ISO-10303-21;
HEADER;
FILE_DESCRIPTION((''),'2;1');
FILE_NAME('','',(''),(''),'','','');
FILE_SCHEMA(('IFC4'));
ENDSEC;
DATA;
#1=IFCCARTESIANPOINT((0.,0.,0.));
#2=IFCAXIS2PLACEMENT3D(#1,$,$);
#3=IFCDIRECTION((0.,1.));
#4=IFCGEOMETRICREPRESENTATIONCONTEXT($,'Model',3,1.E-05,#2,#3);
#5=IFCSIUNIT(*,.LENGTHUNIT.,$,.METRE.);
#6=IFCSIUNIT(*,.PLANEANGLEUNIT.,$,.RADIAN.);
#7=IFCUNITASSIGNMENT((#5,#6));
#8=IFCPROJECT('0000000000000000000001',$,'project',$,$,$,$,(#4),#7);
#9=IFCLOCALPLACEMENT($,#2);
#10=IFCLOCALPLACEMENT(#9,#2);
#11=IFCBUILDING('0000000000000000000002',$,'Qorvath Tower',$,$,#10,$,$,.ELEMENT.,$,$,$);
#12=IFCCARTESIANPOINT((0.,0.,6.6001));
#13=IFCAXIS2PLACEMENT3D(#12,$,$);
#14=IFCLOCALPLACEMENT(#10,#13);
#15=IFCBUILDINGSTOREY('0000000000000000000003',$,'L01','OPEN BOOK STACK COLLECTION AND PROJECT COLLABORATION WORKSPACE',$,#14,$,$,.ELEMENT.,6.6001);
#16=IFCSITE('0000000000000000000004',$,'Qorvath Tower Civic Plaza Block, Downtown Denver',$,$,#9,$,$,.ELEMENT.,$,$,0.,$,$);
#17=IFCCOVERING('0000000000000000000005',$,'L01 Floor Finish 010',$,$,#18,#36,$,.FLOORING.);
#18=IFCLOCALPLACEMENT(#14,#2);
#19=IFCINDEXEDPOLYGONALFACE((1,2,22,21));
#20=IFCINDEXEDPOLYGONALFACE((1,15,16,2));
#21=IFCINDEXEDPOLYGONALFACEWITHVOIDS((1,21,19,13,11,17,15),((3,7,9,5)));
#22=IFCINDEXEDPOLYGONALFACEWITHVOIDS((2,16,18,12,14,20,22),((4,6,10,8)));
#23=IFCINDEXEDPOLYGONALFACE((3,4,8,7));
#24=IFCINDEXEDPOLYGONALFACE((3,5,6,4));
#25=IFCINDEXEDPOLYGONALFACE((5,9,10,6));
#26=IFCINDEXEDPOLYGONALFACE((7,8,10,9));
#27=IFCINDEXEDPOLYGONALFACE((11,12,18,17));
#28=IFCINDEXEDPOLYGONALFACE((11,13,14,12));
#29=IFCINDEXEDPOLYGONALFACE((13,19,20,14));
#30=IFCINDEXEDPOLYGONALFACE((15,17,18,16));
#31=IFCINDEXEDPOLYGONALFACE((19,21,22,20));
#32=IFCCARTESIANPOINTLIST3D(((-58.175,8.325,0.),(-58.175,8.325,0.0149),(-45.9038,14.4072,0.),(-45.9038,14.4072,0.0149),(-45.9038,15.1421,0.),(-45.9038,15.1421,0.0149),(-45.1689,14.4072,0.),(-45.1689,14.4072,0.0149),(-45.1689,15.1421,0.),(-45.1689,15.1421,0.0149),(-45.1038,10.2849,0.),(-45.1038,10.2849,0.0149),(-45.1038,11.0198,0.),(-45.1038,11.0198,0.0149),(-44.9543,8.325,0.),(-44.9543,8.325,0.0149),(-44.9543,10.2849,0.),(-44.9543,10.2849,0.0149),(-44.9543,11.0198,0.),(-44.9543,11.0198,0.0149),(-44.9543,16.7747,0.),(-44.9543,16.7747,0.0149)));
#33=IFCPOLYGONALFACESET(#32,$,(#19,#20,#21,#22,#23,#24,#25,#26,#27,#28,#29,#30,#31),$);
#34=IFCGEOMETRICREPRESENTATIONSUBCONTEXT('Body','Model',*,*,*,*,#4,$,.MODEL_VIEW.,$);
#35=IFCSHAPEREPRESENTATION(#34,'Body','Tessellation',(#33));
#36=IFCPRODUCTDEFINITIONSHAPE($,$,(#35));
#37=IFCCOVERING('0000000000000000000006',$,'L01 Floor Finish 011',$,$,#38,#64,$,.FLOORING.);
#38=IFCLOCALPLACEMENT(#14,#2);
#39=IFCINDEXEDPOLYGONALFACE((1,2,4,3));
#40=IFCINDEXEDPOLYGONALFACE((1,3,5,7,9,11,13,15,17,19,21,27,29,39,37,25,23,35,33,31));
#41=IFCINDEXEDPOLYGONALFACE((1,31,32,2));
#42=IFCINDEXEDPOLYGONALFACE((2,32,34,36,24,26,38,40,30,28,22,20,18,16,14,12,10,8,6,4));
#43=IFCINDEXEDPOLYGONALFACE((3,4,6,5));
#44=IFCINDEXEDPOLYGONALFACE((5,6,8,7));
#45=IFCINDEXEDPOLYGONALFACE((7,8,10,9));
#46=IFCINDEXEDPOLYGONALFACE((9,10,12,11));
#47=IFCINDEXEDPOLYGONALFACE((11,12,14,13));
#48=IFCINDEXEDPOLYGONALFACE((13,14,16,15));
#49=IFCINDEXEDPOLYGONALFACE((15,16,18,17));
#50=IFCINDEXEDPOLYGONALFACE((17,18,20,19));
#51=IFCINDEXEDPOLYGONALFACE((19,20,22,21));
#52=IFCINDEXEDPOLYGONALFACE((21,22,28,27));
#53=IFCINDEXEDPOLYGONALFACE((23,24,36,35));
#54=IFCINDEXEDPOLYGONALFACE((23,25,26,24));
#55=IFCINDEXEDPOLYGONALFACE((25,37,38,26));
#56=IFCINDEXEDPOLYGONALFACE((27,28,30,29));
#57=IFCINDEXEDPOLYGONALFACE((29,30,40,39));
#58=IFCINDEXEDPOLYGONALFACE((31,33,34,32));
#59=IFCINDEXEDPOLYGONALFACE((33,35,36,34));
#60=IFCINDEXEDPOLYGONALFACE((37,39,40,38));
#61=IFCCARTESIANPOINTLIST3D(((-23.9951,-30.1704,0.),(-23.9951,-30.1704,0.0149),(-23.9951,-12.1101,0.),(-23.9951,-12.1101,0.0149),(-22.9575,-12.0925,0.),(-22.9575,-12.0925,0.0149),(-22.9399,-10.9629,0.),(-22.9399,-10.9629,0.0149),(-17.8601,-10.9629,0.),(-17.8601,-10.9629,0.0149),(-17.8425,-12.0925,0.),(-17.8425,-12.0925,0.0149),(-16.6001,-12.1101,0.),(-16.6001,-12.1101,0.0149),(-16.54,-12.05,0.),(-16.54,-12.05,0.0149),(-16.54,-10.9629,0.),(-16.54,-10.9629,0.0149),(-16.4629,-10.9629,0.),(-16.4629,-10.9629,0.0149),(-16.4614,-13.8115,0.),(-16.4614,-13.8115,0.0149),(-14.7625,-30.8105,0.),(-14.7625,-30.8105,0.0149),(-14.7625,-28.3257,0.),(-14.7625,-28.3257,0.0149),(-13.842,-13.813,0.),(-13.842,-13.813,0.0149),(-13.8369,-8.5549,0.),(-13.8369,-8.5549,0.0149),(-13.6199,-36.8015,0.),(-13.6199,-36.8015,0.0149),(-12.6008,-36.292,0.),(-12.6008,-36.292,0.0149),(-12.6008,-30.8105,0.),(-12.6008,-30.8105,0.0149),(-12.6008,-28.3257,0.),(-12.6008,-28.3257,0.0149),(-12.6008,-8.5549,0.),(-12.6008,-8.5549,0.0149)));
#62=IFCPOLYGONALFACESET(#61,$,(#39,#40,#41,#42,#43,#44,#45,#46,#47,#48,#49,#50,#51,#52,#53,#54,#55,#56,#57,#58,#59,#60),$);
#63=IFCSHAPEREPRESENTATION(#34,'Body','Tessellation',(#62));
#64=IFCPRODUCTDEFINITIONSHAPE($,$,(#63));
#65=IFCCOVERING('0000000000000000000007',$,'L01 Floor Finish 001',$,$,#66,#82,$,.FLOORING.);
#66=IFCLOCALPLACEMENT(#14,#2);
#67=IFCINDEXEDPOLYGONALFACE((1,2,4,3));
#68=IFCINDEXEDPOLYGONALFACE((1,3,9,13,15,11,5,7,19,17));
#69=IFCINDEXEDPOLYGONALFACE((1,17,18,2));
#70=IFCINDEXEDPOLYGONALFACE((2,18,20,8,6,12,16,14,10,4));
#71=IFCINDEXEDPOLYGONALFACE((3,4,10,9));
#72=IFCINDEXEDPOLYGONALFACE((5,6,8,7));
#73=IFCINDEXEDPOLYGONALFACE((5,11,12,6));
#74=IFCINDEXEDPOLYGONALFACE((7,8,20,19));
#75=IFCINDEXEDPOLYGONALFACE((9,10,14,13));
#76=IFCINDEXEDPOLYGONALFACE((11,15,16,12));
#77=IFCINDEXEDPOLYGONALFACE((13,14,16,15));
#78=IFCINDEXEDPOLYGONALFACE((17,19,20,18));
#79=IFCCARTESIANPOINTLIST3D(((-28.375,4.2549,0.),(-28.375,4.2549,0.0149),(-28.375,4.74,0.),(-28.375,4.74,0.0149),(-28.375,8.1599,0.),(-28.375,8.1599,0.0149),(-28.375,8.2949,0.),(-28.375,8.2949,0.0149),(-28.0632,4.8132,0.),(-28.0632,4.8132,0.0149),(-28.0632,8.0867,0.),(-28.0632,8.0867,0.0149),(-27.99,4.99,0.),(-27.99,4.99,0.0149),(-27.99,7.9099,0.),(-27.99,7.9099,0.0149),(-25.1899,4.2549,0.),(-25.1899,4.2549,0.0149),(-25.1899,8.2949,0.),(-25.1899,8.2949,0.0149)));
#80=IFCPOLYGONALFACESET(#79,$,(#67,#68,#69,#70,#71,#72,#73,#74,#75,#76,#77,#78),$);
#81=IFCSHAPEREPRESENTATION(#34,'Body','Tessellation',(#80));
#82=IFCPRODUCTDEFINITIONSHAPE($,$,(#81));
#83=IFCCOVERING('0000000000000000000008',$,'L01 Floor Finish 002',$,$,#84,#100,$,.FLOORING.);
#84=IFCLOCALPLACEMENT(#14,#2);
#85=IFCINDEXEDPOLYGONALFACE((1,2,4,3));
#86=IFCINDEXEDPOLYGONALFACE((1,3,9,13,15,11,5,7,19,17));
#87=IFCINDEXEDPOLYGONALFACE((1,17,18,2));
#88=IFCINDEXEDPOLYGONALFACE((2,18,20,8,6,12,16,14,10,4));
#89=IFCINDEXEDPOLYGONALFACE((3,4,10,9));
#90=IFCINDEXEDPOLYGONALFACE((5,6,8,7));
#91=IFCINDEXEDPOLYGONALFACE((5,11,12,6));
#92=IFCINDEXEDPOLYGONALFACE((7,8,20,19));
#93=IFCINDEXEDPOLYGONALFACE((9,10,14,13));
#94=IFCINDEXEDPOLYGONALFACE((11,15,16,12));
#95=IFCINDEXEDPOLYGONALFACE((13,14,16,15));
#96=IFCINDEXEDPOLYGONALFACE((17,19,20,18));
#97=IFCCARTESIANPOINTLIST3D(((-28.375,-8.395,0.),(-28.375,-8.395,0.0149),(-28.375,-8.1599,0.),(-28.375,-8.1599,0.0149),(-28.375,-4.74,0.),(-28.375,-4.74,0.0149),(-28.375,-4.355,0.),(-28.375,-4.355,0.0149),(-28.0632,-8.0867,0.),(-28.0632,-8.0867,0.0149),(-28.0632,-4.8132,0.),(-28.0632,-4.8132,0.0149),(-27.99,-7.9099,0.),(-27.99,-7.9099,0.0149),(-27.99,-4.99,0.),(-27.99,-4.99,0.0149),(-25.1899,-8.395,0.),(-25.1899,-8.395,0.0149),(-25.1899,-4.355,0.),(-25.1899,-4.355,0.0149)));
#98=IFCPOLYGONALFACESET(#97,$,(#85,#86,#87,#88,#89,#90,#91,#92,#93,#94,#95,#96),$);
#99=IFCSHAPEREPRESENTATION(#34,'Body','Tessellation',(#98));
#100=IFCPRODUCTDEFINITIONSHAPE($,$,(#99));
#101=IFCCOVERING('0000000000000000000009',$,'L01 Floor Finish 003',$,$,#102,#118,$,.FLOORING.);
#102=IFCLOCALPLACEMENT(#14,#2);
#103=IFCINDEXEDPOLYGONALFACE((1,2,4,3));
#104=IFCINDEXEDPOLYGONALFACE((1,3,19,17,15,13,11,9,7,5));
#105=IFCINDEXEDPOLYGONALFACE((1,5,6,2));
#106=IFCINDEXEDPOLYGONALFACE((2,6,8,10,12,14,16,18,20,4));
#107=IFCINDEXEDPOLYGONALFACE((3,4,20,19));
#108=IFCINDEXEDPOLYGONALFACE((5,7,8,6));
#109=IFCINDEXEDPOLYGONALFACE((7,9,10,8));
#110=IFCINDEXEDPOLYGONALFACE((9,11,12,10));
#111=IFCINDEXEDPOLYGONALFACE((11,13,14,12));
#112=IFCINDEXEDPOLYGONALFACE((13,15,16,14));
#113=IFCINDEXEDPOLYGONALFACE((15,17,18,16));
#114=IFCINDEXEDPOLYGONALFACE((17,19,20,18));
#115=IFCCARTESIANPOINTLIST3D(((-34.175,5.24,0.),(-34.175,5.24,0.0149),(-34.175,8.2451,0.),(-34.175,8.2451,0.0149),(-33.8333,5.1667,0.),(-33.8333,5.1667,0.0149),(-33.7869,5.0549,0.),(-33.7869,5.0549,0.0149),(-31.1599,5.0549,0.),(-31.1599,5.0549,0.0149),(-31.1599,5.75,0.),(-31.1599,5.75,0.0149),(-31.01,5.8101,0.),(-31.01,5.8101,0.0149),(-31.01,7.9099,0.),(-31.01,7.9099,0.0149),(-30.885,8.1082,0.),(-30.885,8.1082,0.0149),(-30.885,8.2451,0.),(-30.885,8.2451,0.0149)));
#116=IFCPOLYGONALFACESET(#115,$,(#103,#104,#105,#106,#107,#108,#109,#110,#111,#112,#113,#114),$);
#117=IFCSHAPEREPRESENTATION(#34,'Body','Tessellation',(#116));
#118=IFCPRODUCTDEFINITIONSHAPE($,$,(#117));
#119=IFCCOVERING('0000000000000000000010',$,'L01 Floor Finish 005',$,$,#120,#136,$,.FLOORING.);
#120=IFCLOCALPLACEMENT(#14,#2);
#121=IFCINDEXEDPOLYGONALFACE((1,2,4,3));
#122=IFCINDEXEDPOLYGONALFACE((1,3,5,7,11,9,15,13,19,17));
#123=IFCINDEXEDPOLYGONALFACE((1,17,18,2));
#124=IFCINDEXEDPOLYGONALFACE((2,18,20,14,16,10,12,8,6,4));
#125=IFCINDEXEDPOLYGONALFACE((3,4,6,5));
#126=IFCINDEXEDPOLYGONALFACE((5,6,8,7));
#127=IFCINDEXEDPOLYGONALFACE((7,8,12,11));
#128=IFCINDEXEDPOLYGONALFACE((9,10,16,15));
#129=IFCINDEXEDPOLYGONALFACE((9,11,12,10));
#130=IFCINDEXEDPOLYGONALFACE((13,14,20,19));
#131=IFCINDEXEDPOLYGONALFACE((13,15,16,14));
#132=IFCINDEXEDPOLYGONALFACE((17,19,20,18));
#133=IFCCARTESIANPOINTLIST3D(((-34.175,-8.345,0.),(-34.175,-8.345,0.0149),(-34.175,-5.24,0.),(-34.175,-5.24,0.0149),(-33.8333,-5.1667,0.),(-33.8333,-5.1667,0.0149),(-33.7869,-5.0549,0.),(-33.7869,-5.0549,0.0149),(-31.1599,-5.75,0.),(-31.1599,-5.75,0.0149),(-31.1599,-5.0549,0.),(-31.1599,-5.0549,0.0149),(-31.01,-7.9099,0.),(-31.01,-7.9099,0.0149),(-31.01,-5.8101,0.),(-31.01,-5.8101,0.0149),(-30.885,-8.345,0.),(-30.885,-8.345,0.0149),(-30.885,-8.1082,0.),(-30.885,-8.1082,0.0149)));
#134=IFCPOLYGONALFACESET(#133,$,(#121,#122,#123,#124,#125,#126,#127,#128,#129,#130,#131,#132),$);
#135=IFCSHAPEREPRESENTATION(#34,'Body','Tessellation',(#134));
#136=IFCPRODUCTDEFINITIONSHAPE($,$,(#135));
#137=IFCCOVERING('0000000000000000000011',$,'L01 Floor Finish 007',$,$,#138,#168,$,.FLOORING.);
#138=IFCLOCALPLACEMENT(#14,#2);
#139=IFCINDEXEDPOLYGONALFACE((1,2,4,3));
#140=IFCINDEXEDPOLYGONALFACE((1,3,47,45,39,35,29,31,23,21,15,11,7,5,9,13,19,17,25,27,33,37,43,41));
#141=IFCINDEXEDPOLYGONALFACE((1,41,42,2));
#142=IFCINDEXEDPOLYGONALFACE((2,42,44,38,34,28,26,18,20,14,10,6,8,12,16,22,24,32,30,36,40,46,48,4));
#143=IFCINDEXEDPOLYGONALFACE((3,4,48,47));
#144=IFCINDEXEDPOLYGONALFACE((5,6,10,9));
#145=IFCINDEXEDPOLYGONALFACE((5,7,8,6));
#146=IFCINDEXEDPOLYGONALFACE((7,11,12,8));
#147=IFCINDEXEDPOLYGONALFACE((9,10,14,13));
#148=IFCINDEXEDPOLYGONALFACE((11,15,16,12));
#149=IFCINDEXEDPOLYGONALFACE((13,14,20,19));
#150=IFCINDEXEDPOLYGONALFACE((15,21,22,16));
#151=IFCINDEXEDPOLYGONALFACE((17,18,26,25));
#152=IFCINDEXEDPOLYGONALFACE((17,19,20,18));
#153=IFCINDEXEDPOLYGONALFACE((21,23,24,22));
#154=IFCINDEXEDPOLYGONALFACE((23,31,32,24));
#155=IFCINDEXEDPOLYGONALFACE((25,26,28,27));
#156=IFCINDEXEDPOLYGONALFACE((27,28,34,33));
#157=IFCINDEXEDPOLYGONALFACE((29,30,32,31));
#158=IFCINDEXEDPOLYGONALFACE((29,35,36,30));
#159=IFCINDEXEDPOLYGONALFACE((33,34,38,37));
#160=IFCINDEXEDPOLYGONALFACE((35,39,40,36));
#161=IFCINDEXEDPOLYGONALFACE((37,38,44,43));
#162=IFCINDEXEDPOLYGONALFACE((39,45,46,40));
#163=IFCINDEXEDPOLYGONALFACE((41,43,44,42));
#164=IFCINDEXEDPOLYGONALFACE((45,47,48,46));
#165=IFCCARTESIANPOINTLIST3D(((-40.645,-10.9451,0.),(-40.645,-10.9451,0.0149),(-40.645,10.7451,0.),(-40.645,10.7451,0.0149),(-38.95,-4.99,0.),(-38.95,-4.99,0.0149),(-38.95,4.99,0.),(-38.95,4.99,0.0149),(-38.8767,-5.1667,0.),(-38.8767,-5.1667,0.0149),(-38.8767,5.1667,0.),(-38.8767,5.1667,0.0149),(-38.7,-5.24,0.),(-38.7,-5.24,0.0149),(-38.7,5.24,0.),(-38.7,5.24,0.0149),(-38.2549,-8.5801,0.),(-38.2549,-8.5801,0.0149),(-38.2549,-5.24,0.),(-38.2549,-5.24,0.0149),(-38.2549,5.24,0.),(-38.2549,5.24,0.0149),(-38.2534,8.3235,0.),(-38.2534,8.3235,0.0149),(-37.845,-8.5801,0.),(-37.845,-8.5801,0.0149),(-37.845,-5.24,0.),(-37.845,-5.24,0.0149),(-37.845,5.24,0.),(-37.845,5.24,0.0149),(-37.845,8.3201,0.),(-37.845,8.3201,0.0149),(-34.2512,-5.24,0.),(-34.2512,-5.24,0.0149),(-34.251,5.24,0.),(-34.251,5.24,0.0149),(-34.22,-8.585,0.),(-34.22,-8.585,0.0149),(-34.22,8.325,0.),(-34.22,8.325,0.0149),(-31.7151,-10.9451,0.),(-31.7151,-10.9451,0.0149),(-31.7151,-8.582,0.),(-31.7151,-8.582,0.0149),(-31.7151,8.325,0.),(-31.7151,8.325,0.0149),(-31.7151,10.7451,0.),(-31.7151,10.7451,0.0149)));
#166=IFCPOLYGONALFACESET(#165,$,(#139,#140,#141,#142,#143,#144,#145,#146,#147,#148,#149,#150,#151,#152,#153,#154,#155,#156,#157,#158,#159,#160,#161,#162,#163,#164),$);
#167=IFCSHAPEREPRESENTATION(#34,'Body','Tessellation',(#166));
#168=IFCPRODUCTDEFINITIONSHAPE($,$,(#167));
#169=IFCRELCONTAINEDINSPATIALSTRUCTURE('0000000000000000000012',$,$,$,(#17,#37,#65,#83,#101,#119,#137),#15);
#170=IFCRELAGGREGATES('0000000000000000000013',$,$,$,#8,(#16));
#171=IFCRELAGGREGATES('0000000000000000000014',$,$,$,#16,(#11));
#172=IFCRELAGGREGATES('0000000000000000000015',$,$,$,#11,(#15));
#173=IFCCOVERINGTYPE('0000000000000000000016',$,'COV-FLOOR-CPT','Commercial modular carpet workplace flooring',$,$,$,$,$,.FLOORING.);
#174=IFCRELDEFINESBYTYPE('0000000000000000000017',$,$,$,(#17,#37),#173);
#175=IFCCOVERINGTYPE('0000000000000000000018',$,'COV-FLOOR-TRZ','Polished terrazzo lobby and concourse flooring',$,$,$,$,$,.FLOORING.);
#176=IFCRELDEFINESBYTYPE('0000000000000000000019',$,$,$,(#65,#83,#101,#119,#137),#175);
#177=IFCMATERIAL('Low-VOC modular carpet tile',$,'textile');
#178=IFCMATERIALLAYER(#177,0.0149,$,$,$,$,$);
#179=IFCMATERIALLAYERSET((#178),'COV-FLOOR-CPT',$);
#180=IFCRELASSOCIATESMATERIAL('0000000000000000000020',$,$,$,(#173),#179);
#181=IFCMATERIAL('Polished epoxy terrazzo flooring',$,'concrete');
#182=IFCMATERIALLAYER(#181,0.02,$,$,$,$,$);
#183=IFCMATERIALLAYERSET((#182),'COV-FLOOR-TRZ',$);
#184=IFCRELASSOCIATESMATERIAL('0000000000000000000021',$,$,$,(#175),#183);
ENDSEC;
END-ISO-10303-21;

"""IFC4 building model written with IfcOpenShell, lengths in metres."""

from ifc_helpers import new_model, si_unit, direction, frame, origin, place, context, subcontext, project, spatial, polyline, outline, extrude, material, layer, layer_set, type_object, element, save


model = new_model("IFC4")

# Units and contexts
model_context = context("Model", 3, precision=1e-05, world=origin(), true_north=direction((0.0, 1.0)))
body_context = subcontext(model_context, "Body", "Model", "MODEL_VIEW")
ifc_project = project(units=[si_unit("LENGTHUNIT", "METRE"), si_unit("PLANEANGLEUNIT", "RADIAN")], contexts=[model_context])

# Site, building, storey
site_placement = place(None, origin())
site = spatial("IfcSite", under=ifc_project, at=site_placement, Name="Qorvath Tower Civic Plaza Block, Downtown Denver", CompositionType="ELEMENT", RefElevation=0.0)
building_placement = place(site_placement, origin())
building = spatial("IfcBuilding", under=site, at=building_placement, Name="Qorvath Tower", CompositionType="ELEMENT")
storey_placement = place(building_placement, frame((0.0, 0.0, 6.6001)))
storey = spatial("IfcBuildingStorey", under=building, at=storey_placement, Name="L01", Description="OPEN BOOK STACK COLLECTION AND PROJECT COLLABORATION WORKSPACE", CompositionType="ELEMENT", Elevation=6.6001)

# Coverings
ifc_material_1 = material(Name="Low-VOC modular carpet tile", Category="textile")
ifc_layer_1 = layer(ifc_material_1, 0.0149)
ifc_layer_set_1 = layer_set([ifc_layer_1], Name="COV-FLOOR-CPT")
covering_type_1 = type_object("IfcCoveringType", Name="COV-FLOOR-CPT", Description="Commercial modular carpet workplace flooring", PredefinedType="FLOORING", material=ifc_layer_set_1)
covering_1_placement = place(storey_placement, origin())
element("IfcCovering", 1, at=covering_1_placement, inside=storey, type_object=covering_type_1, Name="L01 Floor Finish 010", PredefinedType="FLOORING", context=body_context, shape_type="SweptSolid", body=[
    extrude(outline(polyline([(-44.9543, 8.325), (-44.9543, 10.2849), (-45.1038, 10.2849), (-45.1038, 11.0198), (-44.9543, 11.0198), (-44.9543, 16.7747), (-58.175, 8.325), (-44.9543, 8.325)]), holes=[polyline([(-45.9038, 15.1421), (-45.1689, 15.1421), (-45.1689, 14.4072), (-45.9038, 14.4072), (-45.9038, 15.1421)])]), origin(), (0.0, 0.0, 1.0), 0.0149),
])
covering_2_placement = place(storey_placement, origin())
element("IfcCovering", 2, at=covering_2_placement, inside=storey, type_object=covering_type_1, Name="L01 Floor Finish 011", PredefinedType="FLOORING", context=body_context, shape_type="SweptSolid", body=[
    extrude(outline(polyline([(-12.6008, -36.292), (-12.6008, -30.8105), (-14.7625, -30.8105), (-14.7625, -28.3257), (-12.6008, -28.3257), (-12.6008, -8.5549), (-13.8369, -8.5549), (-13.842, -13.813), (-16.4614, -13.8115), (-16.4629, -10.9629), (-16.54, -10.9629), (-16.54, -12.05), (-16.6001, -12.1101), (-17.8425, -12.0925), (-17.8601, -10.9629), (-22.9399, -10.9629), (-22.9575, -12.0925), (-23.9951, -12.1101), (-23.9951, -30.1704), (-13.6199, -36.8015), (-12.6008, -36.292)])), origin(), (0.0, 0.0, 1.0), 0.0149),
])
ifc_material_2 = material(Name="Polished epoxy terrazzo flooring", Category="concrete")
ifc_layer_2 = layer(ifc_material_2, 0.02)
ifc_layer_set_2 = layer_set([ifc_layer_2], Name="COV-FLOOR-TRZ")
covering_type_2 = type_object("IfcCoveringType", Name="COV-FLOOR-TRZ", Description="Polished terrazzo lobby and concourse flooring", PredefinedType="FLOORING", material=ifc_layer_set_2)
covering_3_placement = place(storey_placement, origin())
element("IfcCovering", 3, at=covering_3_placement, inside=storey, type_object=covering_type_2, Name="L01 Floor Finish 001", PredefinedType="FLOORING", context=body_context, shape_type="SweptSolid", body=[
    extrude(outline(polyline([(-25.1899, 4.2549), (-25.1899, 8.2949), (-28.375, 8.2949), (-28.375, 8.1599), (-28.0632, 8.0867), (-27.99, 7.9099), (-27.99, 4.99), (-28.0632, 4.8132), (-28.375, 4.74), (-28.375, 4.2549), (-25.1899, 4.2549)])), origin(), (0.0, 0.0, 1.0), 0.0149),
])
covering_4_placement = place(storey_placement, origin())
element("IfcCovering", 4, at=covering_4_placement, inside=storey, type_object=covering_type_2, Name="L01 Floor Finish 002", PredefinedType="FLOORING", context=body_context, shape_type="SweptSolid", body=[
    extrude(outline(polyline([(-25.1899, -8.395), (-25.1899, -4.355), (-28.375, -4.355), (-28.375, -4.74), (-28.0632, -4.8132), (-27.99, -4.99), (-27.99, -7.9099), (-28.0632, -8.0867), (-28.375, -8.1599), (-28.375, -8.395), (-25.1899, -8.395)])), origin(), (0.0, 0.0, 1.0), 0.0149),
])
covering_5_placement = place(storey_placement, origin())
element("IfcCovering", 5, at=covering_5_placement, inside=storey, type_object=covering_type_2, Name="L01 Floor Finish 003", PredefinedType="FLOORING", context=body_context, shape_type="SweptSolid", body=[
    extrude(outline(polyline([(-31.01, 7.9099), (-30.885, 8.1082), (-30.885, 8.2451), (-34.175, 8.2451), (-34.175, 5.24), (-33.8333, 5.1667), (-33.7869, 5.0549), (-31.1599, 5.0549), (-31.1599, 5.75), (-31.01, 5.8101), (-31.01, 7.9099)])), origin(), (0.0, 0.0, 1.0), 0.0149),
])
covering_6_placement = place(storey_placement, origin())
element("IfcCovering", 6, at=covering_6_placement, inside=storey, type_object=covering_type_2, Name="L01 Floor Finish 005", PredefinedType="FLOORING", context=body_context, shape_type="SweptSolid", body=[
    extrude(outline(polyline([(-31.1599, -5.0549), (-33.7869, -5.0549), (-33.8333, -5.1667), (-34.175, -5.24), (-34.175, -8.345), (-30.885, -8.345), (-30.885, -8.1082), (-31.01, -7.9099), (-31.01, -5.8101), (-31.1599, -5.75), (-31.1599, -5.0549)])), origin(), (0.0, 0.0, 1.0), 0.0149),
])
covering_7_placement = place(storey_placement, origin())
element("IfcCovering", 7, at=covering_7_placement, inside=storey, type_object=covering_type_2, Name="L01 Floor Finish 007", PredefinedType="FLOORING", context=body_context, shape_type="SweptSolid", body=[
    extrude(outline(polyline([(-31.7151, -10.9451), (-31.7151, -8.582), (-34.22, -8.585), (-34.2512, -5.24), (-37.845, -5.24), (-37.845, -8.5801), (-38.2549, -8.5801), (-38.2549, -5.24), (-38.7, -5.24), (-38.8767, -5.1667), (-38.95, -4.99), (-38.95, 4.99), (-38.8767, 5.1667), (-38.7, 5.24), (-38.2549, 5.24), (-38.2534, 8.3235), (-37.845, 8.3201), (-37.845, 5.24), (-34.251, 5.24), (-34.22, 8.325), (-31.7151, 8.325), (-31.7151, 10.7451), (-40.645, 10.7451), (-40.645, -10.9451), (-31.7151, -10.9451)])), origin(), (0.0, 0.0, 1.0), 0.0149),
])

save(model, "model.ifc")
